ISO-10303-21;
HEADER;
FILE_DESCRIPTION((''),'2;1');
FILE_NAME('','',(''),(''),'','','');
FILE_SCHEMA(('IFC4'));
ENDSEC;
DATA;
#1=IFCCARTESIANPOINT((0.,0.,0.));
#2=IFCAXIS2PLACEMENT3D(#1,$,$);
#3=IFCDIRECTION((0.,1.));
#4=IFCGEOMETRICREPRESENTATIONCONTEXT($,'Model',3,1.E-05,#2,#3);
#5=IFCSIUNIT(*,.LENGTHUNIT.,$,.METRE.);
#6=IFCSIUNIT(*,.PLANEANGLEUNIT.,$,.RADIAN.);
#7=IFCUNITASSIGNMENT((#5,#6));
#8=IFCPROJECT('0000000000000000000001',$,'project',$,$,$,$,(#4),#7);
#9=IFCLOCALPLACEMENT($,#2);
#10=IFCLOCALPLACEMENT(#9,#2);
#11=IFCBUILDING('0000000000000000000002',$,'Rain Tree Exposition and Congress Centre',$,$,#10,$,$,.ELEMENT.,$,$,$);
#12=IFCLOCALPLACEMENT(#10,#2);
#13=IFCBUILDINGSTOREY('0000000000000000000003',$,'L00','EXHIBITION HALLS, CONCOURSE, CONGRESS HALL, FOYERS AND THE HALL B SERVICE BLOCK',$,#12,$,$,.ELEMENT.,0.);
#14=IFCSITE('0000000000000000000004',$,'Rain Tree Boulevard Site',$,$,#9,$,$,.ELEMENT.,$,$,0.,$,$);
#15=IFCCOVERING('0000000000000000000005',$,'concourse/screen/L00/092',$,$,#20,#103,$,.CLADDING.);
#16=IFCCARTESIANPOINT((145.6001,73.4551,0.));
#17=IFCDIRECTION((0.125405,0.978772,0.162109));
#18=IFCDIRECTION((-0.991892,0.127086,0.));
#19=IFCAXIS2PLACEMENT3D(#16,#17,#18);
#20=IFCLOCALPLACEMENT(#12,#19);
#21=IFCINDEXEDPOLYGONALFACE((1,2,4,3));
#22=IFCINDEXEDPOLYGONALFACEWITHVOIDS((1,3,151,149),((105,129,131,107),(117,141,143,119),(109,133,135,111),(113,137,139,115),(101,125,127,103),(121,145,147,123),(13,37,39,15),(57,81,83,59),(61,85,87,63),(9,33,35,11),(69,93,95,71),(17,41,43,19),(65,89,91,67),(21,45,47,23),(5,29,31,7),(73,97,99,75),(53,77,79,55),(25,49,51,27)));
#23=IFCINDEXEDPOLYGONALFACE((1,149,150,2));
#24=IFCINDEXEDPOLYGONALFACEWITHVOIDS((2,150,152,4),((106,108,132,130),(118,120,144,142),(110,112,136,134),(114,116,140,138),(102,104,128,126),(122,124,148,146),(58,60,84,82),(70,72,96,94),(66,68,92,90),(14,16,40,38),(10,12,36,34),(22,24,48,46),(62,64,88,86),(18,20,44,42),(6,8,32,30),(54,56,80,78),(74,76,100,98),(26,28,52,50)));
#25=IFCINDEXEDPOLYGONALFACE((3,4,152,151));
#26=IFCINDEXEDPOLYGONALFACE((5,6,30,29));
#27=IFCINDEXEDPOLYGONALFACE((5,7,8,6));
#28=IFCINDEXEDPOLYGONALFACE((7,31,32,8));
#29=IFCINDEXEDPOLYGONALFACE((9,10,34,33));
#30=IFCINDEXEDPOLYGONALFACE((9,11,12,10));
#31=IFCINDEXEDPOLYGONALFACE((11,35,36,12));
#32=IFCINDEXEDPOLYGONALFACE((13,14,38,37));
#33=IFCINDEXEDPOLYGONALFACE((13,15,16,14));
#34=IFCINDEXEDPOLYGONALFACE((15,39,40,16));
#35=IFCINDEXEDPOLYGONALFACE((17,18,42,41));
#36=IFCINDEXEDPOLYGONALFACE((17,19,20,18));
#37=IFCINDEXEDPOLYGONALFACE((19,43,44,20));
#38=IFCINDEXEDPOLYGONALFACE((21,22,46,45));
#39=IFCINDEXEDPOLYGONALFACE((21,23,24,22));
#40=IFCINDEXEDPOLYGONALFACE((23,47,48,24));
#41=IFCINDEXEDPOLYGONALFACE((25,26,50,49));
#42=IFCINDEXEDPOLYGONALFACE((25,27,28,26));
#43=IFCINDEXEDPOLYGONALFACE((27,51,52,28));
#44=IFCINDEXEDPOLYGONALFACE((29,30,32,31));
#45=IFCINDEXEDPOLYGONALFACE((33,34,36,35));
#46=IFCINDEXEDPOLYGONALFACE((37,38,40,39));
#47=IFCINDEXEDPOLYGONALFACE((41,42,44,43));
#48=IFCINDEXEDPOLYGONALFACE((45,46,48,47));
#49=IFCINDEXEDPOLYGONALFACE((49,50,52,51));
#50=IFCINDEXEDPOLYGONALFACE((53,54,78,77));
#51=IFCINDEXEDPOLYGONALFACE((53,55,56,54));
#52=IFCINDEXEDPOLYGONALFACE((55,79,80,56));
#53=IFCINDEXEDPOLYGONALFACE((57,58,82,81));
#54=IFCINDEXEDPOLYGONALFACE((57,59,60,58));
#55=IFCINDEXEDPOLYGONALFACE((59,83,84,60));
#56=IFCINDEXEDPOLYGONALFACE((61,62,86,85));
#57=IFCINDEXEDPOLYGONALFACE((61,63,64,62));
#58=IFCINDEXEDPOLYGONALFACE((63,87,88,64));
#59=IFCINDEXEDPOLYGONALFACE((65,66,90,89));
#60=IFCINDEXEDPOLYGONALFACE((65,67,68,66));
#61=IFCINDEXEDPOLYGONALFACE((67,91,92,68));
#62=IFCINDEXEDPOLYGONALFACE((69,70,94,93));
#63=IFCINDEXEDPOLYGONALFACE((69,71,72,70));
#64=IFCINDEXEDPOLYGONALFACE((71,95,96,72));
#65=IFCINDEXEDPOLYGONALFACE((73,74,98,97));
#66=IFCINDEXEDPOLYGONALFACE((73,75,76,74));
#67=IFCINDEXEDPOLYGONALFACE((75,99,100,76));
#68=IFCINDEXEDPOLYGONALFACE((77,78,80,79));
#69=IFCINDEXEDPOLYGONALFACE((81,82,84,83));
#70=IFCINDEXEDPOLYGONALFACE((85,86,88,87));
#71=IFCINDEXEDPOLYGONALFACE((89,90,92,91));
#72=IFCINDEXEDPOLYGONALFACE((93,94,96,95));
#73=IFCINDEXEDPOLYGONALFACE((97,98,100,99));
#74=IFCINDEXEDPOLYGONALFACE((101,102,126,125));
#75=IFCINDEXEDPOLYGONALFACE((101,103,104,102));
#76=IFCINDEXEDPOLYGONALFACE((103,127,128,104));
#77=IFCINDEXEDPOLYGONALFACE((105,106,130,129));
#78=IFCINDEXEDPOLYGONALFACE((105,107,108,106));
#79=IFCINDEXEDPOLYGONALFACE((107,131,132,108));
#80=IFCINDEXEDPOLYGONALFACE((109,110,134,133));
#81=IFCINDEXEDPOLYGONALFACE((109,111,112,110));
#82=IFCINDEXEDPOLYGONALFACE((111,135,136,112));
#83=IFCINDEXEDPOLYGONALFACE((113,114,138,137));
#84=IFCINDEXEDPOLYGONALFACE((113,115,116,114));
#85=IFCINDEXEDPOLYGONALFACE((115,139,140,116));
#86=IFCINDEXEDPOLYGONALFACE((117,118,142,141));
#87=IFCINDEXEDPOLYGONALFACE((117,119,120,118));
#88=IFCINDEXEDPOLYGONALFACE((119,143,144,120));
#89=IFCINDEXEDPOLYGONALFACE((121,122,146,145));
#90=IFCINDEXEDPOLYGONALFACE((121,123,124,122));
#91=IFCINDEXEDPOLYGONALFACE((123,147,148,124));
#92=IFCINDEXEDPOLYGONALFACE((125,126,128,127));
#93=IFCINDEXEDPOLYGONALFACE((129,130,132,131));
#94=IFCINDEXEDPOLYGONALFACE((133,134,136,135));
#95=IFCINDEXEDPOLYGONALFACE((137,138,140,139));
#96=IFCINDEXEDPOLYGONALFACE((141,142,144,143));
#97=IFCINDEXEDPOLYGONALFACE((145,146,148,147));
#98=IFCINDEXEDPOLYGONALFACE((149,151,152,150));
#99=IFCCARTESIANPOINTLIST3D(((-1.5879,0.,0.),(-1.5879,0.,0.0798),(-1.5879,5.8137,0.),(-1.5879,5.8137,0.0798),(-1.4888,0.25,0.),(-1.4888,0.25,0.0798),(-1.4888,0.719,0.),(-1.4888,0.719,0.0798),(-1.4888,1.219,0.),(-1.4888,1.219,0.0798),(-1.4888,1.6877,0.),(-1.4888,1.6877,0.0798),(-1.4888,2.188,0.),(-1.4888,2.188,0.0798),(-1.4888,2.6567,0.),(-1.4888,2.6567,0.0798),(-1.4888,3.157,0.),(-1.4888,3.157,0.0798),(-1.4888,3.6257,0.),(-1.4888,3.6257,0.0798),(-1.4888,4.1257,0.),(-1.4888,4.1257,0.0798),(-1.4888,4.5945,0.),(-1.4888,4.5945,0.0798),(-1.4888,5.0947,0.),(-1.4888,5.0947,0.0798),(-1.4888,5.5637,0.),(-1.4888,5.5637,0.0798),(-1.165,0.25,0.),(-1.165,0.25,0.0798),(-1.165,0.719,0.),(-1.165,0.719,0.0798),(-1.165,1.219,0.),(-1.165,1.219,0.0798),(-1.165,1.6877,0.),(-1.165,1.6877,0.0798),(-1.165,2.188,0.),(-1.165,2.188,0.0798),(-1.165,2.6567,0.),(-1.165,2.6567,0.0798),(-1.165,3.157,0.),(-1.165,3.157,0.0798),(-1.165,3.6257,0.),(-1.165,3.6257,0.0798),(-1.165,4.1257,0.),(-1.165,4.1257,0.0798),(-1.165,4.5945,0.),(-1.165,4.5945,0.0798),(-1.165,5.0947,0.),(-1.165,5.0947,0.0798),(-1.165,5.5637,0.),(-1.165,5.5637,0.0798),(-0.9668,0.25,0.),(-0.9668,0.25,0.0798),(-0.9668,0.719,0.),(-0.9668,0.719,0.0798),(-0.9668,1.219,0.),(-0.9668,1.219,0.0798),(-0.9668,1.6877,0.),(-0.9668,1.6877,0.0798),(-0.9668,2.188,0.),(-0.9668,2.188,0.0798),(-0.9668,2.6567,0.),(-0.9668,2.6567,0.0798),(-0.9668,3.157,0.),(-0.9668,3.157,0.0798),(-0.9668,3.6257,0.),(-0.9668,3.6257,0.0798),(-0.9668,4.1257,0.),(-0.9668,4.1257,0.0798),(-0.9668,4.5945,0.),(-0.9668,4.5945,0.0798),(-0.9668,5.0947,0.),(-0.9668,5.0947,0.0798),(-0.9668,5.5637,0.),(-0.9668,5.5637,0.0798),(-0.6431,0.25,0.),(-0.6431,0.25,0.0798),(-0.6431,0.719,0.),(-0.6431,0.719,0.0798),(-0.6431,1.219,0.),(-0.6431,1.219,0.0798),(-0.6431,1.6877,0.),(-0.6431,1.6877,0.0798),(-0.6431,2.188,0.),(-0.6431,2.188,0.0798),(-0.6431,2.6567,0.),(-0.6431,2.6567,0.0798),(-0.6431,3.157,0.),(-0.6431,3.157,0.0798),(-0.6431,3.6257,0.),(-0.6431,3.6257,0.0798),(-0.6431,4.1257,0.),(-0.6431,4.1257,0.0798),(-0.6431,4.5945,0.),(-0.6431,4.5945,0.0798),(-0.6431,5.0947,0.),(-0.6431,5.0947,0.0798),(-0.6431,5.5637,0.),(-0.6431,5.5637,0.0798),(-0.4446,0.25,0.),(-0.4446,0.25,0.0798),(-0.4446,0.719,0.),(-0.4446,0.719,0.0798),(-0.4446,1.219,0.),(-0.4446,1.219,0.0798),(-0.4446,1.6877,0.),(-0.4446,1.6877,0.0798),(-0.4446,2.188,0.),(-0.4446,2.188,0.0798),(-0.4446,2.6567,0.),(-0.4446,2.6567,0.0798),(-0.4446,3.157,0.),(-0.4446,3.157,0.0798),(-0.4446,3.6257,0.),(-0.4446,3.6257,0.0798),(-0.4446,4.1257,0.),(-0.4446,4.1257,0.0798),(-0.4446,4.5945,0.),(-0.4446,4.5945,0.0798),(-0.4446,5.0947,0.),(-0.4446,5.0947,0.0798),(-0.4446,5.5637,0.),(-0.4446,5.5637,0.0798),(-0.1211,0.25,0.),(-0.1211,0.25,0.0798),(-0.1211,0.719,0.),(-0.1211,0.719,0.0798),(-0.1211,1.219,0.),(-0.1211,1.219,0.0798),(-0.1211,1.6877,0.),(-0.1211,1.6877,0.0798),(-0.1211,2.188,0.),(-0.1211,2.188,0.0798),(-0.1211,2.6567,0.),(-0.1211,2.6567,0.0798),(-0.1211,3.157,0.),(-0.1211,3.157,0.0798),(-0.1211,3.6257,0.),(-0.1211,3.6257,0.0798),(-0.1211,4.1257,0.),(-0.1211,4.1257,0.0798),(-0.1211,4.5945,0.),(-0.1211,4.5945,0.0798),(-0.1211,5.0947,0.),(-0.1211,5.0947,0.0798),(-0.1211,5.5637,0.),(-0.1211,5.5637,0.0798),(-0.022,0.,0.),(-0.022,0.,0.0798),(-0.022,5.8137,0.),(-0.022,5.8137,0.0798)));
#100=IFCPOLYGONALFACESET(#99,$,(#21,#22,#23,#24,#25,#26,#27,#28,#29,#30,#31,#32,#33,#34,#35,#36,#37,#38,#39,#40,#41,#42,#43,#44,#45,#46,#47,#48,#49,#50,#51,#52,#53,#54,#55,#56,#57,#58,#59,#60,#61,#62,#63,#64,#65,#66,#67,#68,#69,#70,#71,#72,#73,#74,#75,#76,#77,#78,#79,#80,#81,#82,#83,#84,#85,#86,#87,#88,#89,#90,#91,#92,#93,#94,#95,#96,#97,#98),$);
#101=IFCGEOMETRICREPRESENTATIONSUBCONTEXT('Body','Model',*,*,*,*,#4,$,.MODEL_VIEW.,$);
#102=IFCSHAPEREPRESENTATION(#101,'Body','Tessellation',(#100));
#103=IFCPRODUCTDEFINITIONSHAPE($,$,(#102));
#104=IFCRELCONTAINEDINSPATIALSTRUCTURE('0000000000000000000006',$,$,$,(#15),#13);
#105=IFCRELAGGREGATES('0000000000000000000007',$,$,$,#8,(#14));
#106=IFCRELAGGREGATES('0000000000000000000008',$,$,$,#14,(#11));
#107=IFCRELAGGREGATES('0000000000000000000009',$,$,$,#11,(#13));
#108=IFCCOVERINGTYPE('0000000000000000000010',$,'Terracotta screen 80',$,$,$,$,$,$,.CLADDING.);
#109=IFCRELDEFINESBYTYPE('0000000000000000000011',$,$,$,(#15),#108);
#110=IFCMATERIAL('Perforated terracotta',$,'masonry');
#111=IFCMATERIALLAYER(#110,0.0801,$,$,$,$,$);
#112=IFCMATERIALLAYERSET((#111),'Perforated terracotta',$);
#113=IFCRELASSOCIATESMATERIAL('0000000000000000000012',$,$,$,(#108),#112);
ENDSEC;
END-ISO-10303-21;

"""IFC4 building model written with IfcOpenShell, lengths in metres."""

from ifc_helpers import new_model, si_unit, direction, frame, origin, place, context, subcontext, project, spatial, polyline, outline, extrude, material, layer, layer_set, type_object, element, save


model = new_model("IFC4")

# Units and contexts
model_context = context("Model", 3, precision=1e-05, world=origin(), true_north=direction((0.0, 1.0)))
body_context = subcontext(model_context, "Body", "Model", "MODEL_VIEW")
ifc_project = project(units=[si_unit("LENGTHUNIT", "METRE"), si_unit("PLANEANGLEUNIT", "RADIAN")], contexts=[model_context])

# Site, building, storey
site_placement = place(None, origin())
site = spatial("IfcSite", under=ifc_project, at=site_placement, Name="Rain Tree Boulevard Site", CompositionType="ELEMENT", RefElevation=0.0)
building_placement = place(site_placement, origin())
building = spatial("IfcBuilding", under=site, at=building_placement, Name="Rain Tree Exposition and Congress Centre", CompositionType="ELEMENT")
storey_placement = place(building_placement, origin())
storey = spatial("IfcBuildingStorey", under=building, at=storey_placement, Name="L00", Description="EXHIBITION HALLS, CONCOURSE, CONGRESS HALL, FOYERS AND THE HALL B SERVICE BLOCK", CompositionType="ELEMENT", Elevation=0.0)

# Covering
ifc_material_1 = material(Name="Perforated terracotta", Category="masonry")
ifc_layer_1 = layer(ifc_material_1, 0.0801)
ifc_layer_set_1 = layer_set([ifc_layer_1], Name="Perforated terracotta")
covering_type = type_object("IfcCoveringType", Name="Terracotta screen 80", PredefinedType="CLADDING", material=ifc_layer_set_1)
covering_1_placement = place(storey_placement, frame((145.6001, 73.4551, 0.0), z_axis=(0.125405, 0.978772, 0.162109), x_axis=(-0.991892, 0.127086, 0.0)))
element("IfcCovering", 1, at=covering_1_placement, inside=storey, type_object=covering_type, Name="concourse/screen/L00/092", PredefinedType="CLADDING", context=body_context, shape_type="SweptSolid", body=[
    extrude(outline(polyline([(-0.022, 0.0), (-1.5879, 0.0), (-1.5879, 5.8137), (-0.022, 5.8137), (-0.022, 0.0)]), holes=[polyline([(-0.1211, 0.25), (-0.1211, 0.719), (-0.4446, 0.719), (-0.4446, 0.25), (-0.1211, 0.25)]), polyline([(-0.1211, 1.219), (-0.1211, 1.6877), (-0.4446, 1.6877), (-0.4446, 1.219), (-0.1211, 1.219)]), polyline([(-0.1211, 2.188), (-0.1211, 2.6567), (-0.4446, 2.6567), (-0.4446, 2.188), (-0.1211, 2.188)]), polyline([(-0.1211, 3.157), (-0.1211, 3.6257), (-0.4446, 3.6257), (-0.4446, 3.157), (-0.1211, 3.157)]), polyline([(-0.1211, 4.1257), (-0.1211, 4.5945), (-0.4446, 4.5945), (-0.4446, 4.1257), (-0.1211, 4.1257)]), polyline([(-0.1211, 5.0947), (-0.1211, 5.5637), (-0.4446, 5.5637), (-0.4446, 5.0947), (-0.1211, 5.0947)]), polyline([(-0.6431, 0.25), (-0.6431, 0.719), (-0.9668, 0.719), (-0.9668, 0.25), (-0.6431, 0.25)]), polyline([(-0.6431, 1.219), (-0.6431, 1.6877), (-0.9668, 1.6877), (-0.9668, 1.219), (-0.6431, 1.219)]), polyline([(-0.6431, 2.188), (-0.6431, 2.6567), (-0.9668, 2.6567), (-0.9668, 2.188), (-0.6431, 2.188)]), polyline([(-0.6431, 3.157), (-0.6431, 3.6257), (-0.9668, 3.6257), (-0.9668, 3.157), (-0.6431, 3.157)]), polyline([(-0.6431, 4.1257), (-0.6431, 4.5945), (-0.9668, 4.5945), (-0.9668, 4.1257), (-0.6431, 4.1257)]), polyline([(-0.6431, 5.0947), (-0.6431, 5.5637), (-0.9668, 5.5637), (-0.9668, 5.0947), (-0.6431, 5.0947)]), polyline([(-1.165, 0.25), (-1.165, 0.719), (-1.4888, 0.719), (-1.4888, 0.25), (-1.165, 0.25)]), polyline([(-1.165, 1.219), (-1.165, 1.6877), (-1.4888, 1.6877), (-1.4888, 1.219), (-1.165, 1.219)]), polyline([(-1.165, 2.188), (-1.165, 2.6567), (-1.4888, 2.6567), (-1.4888, 2.188), (-1.165, 2.188)]), polyline([(-1.165, 3.157), (-1.165, 3.6257), (-1.4888, 3.6257), (-1.4888, 3.157), (-1.165, 3.157)]), polyline([(-1.165, 4.1257), (-1.165, 4.5945), (-1.4888, 4.5945), (-1.4888, 4.1257), (-1.165, 4.1257)]), polyline([(-1.165, 5.0947), (-1.165, 5.5637), (-1.4888, 5.5637), (-1.4888, 5.0947), (-1.165, 5.0947)])]), origin(), (0.0, 0.0, 1.0), 0.0798),
])

save(model, "model.ifc")
